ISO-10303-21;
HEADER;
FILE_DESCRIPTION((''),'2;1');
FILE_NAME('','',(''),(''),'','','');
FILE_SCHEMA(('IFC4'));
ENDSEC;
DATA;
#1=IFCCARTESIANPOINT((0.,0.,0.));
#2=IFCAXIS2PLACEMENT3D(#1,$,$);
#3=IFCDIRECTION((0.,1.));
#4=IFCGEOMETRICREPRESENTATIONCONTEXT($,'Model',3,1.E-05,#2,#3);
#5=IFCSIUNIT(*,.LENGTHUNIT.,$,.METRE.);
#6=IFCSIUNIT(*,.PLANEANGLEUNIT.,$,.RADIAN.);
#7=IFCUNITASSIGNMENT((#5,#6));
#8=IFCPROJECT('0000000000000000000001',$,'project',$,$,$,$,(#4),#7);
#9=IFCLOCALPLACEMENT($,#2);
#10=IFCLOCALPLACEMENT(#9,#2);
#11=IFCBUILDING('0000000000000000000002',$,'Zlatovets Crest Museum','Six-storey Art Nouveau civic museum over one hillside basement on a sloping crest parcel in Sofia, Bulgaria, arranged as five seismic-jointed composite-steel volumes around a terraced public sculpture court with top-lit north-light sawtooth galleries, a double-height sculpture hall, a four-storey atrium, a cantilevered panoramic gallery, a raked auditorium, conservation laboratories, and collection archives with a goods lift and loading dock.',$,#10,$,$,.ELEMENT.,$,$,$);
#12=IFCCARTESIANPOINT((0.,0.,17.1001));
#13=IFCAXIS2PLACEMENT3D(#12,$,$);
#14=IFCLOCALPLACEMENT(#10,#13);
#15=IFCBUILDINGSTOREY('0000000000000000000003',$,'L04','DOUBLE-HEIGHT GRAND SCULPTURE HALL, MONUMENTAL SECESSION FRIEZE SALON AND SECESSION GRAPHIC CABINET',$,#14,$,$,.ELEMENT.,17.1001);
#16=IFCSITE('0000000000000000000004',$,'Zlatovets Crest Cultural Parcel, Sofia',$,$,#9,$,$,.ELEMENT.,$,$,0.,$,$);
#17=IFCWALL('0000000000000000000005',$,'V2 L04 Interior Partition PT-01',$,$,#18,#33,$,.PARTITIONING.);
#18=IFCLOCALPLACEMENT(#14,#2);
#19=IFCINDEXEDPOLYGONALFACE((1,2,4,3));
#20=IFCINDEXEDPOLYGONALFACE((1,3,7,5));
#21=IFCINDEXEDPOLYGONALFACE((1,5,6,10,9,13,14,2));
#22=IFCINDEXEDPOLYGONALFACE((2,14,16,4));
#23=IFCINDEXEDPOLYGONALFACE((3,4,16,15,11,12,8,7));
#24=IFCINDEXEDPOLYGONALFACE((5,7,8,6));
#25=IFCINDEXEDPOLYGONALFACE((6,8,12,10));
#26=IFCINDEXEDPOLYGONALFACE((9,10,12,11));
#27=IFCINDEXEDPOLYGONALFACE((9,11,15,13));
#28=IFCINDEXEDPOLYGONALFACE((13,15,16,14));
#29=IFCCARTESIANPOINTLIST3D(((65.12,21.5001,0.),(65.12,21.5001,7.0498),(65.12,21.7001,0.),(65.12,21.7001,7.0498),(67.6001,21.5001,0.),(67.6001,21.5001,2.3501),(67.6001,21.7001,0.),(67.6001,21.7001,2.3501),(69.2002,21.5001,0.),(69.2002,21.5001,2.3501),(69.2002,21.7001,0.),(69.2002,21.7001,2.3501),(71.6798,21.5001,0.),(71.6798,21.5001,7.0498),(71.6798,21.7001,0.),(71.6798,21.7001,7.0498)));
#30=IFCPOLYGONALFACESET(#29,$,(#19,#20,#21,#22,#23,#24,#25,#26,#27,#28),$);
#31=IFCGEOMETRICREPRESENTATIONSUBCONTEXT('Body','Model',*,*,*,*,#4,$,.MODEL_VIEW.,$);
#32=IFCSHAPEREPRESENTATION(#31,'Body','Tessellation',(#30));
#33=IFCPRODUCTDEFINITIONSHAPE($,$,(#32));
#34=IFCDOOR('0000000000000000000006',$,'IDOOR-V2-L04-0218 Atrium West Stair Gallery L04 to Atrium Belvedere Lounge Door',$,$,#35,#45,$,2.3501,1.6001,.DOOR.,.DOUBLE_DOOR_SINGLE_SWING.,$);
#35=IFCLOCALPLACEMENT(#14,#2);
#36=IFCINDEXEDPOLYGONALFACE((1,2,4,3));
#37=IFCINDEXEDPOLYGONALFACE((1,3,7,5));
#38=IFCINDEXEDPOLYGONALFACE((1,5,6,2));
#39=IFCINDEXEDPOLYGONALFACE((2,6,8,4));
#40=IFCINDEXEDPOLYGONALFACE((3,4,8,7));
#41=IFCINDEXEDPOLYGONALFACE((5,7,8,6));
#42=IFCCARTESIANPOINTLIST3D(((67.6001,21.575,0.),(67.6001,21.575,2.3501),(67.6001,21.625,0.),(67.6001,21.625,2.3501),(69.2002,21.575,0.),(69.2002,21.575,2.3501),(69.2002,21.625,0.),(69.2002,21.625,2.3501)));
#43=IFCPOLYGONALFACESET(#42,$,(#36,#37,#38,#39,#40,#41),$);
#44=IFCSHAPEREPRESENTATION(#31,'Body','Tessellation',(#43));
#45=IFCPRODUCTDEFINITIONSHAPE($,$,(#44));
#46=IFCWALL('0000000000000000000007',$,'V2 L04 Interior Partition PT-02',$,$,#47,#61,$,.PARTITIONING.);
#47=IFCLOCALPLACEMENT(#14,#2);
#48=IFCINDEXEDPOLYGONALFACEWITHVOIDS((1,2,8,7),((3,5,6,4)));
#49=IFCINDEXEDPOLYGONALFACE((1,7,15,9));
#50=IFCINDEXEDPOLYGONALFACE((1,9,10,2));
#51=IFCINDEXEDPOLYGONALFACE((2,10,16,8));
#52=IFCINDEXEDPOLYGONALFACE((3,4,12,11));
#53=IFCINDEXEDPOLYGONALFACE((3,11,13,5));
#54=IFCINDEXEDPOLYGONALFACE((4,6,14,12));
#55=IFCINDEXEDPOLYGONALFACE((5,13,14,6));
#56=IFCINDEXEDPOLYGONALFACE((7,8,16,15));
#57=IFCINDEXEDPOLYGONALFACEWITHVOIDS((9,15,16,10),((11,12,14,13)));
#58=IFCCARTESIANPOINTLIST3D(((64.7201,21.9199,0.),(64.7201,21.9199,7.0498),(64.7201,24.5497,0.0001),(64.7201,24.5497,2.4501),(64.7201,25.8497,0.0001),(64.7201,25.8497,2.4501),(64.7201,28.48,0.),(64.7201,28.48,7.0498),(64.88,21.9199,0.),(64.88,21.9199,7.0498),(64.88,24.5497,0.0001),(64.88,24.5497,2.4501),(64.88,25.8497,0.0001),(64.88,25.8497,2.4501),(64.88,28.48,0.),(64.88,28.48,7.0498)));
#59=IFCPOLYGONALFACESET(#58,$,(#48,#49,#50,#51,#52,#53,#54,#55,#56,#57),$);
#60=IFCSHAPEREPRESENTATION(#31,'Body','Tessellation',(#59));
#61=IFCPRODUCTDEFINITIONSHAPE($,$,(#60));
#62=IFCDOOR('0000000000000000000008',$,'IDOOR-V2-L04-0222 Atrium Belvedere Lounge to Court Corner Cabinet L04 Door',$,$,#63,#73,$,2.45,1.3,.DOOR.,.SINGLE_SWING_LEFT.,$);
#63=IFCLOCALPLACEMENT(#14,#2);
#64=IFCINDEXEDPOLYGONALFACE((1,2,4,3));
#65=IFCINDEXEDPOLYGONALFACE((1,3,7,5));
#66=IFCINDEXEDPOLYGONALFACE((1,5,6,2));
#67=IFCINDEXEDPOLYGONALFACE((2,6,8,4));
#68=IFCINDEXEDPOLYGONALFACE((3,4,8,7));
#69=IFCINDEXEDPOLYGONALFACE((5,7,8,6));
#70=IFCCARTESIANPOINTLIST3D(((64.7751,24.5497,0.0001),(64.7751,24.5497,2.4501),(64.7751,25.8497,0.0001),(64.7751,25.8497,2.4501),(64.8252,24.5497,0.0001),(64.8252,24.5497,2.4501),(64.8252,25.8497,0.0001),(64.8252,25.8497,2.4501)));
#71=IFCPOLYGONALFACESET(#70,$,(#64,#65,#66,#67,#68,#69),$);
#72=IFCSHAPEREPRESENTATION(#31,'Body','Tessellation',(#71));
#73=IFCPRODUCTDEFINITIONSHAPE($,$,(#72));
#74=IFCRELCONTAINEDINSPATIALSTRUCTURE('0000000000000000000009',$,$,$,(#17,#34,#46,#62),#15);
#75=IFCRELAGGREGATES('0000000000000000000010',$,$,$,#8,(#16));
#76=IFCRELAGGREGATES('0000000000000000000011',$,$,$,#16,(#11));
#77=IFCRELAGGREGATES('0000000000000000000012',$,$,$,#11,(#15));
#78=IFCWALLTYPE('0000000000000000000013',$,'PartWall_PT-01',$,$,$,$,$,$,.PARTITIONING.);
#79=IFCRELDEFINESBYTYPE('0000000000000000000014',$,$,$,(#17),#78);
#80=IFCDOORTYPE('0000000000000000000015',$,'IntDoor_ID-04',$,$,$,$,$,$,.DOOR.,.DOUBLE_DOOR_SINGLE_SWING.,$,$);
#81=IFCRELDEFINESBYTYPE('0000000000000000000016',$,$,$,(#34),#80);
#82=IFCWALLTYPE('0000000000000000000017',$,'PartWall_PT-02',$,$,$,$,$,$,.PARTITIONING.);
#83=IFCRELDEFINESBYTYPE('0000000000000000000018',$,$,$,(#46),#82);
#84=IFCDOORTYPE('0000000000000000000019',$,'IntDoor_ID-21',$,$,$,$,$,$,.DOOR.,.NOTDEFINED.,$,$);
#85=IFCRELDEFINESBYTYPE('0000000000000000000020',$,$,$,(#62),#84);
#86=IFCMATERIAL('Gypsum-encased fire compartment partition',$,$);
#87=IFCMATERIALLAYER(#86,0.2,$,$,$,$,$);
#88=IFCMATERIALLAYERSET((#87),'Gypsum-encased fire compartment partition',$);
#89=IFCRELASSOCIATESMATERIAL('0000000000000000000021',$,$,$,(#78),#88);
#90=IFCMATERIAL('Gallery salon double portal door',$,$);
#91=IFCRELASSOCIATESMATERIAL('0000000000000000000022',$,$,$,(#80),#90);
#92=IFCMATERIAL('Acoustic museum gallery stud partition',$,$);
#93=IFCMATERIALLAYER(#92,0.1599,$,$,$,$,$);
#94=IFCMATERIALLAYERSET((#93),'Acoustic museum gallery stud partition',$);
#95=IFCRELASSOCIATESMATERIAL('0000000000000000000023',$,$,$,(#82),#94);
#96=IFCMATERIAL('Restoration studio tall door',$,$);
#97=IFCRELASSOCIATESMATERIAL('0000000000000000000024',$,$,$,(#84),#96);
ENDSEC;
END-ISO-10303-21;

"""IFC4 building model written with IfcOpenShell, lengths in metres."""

from ifc_helpers import new_model, si_unit, direction, frame, frame_2d, origin, place, context, subcontext, project, spatial, rectangle, extrude, material, layer, layer_set, type_object, element, fill, save


model = new_model("IFC4")

# Units and contexts
model_context = context("Model", 3, precision=1e-05, world=origin(), true_north=direction((0.0, 1.0)))
body_context = subcontext(model_context, "Body", "Model", "MODEL_VIEW")
ifc_project = project(units=[si_unit("LENGTHUNIT", "METRE"), si_unit("PLANEANGLEUNIT", "RADIAN")], contexts=[model_context])

# Site, building, storey
site_placement = place(None, origin())
site = spatial("IfcSite", under=ifc_project, at=site_placement, Name="Zlatovets Crest Cultural Parcel, Sofia", CompositionType="ELEMENT", RefElevation=0.0)
building_placement = place(site_placement, origin())
building = spatial("IfcBuilding", under=site, at=building_placement, Name="Zlatovets Crest Museum", Description="Six-storey Art Nouveau civic museum over one hillside basement on a sloping crest parcel in Sofia, Bulgaria, arranged as five seismic-jointed composite-steel volumes around a terraced public sculpture court with top-lit north-light sawtooth galleries, a double-height sculpture hall, a four-storey atrium, a cantilevered panoramic gallery, a raked auditorium, conservation laboratories, and collection archives with a goods lift and loading dock.", CompositionType="ELEMENT")
storey_placement = place(building_placement, frame((0.0, 0.0, 17.1001)))
storey = spatial("IfcBuildingStorey", under=building, at=storey_placement, Name="L04", Description="DOUBLE-HEIGHT GRAND SCULPTURE HALL, MONUMENTAL SECESSION FRIEZE SALON AND SECESSION GRAPHIC CABINET", CompositionType="ELEMENT", Elevation=17.1001)

# Walls, openings, doors
ifc_material_1 = material(Name="Gypsum-encased fire compartment partition")
ifc_layer_1 = layer(ifc_material_1, 0.2)
ifc_layer_set_1 = layer_set([ifc_layer_1], Name="Gypsum-encased fire compartment partition")
wall_type_1 = type_object("IfcWallType", Name="PartWall_PT-01", PredefinedType="PARTITIONING", material=ifc_layer_set_1)
wall_1_placement = place(storey_placement, frame((65.1201, 21.6001, 0.0), z_axis=(0.0, 0.0, 1.0), x_axis=(1.0, 0.0, 0.0)))
wall_1 = element("IfcWall", 1, at=wall_1_placement, inside=storey, type_object=wall_type_1, Name="V2 L04 Interior Partition PT-01", PredefinedType="PARTITIONING", context=body_context, shape_type="SweptSolid", body=[
    extrude(rectangle(XDim=6.5598, YDim=0.2, at=frame_2d((3.2798, 0.0))), origin(), (0.0, 0.0, 1.0), 7.0498),
])
opening_1_placement = place(wall_1_placement, frame((2.48, 0.0, 0.0)))
opening_1 = element("IfcOpeningElement", 2, at=opening_1_placement, cuts=wall_1, PredefinedType="OPENING", context=body_context, shape_type="SweptSolid", body=[
    extrude(rectangle(XDim=1.6001, YDim=2.3501, at=frame_2d((0.8, 1.175))), frame((0.0, 0.1099, 0.0), z_axis=(0.0, -1.0, 0.0), x_axis=(1.0, 0.0, 0.0)), (0.0, 0.0, 1.0), 0.22),
])
ifc_material_2 = material(Name="Gallery salon double portal door")
door_type_1 = type_object("IfcDoorType", Name="IntDoor_ID-04", OperationType="DOUBLE_DOOR_SINGLE_SWING", PredefinedType="DOOR", material=ifc_material_2)
door_1_placement = place(opening_1_placement, origin())
door_1 = element("IfcDoor", 3, at=door_1_placement, inside=storey, type_object=door_type_1, Name="IDOOR-V2-L04-0218 Atrium West Stair Gallery L04 to Atrium Belvedere Lounge Door", OperationType="DOUBLE_DOOR_SINGLE_SWING", OverallHeight=2.3501, OverallWidth=1.6001, PredefinedType="DOOR", context=body_context, shape_type="SweptSolid", body=[
    extrude(rectangle(XDim=1.6001, YDim=2.3501, at=frame_2d((0.8, 1.175))), frame((0.0, 0.0249, 0.0), z_axis=(0.0, -1.0, 0.0), x_axis=(1.0, 0.0, 0.0)), (0.0, 0.0, 1.0), 0.05),
])
fill(opening_1, door_1)
ifc_material_3 = material(Name="Acoustic museum gallery stud partition")
ifc_layer_2 = layer(ifc_material_3, 0.1599)
ifc_layer_set_2 = layer_set([ifc_layer_2], Name="Acoustic museum gallery stud partition")
wall_type_2 = type_object("IfcWallType", Name="PartWall_PT-02", PredefinedType="PARTITIONING", material=ifc_layer_set_2)
wall_2_placement = place(storey_placement, frame((64.8, 21.9199, 0.0), z_axis=(0.0, 0.0, 1.0), x_axis=(0.0, 1.0, 0.0)))
wall_2 = element("IfcWall", 4, at=wall_2_placement, inside=storey, type_object=wall_type_2, Name="V2 L04 Interior Partition PT-02", PredefinedType="PARTITIONING", context=body_context, shape_type="SweptSolid", body=[
    extrude(rectangle(XDim=6.5601, YDim=0.1599, at=frame_2d((3.28, 0.0))), origin(), (0.0, 0.0, 1.0), 7.0498),
])
opening_2_placement = place(wall_2_placement, frame((2.6299, 0.0, 0.0)))
opening_2 = element("IfcOpeningElement", 5, at=opening_2_placement, cuts=wall_2, PredefinedType="OPENING", context=body_context, shape_type="SweptSolid", body=[
    extrude(rectangle(XDim=1.3, YDim=2.45, at=frame_2d((0.6499, 1.2251))), frame((0.0, 0.0898, 0.0), z_axis=(0.0, -1.0, 0.0), x_axis=(1.0, 0.0, 0.0)), (0.0, 0.0, 1.0), 0.1799),
])
ifc_material_4 = material(Name="Restoration studio tall door")
door_type_2 = type_object("IfcDoorType", Name="IntDoor_ID-21", OperationType="NOTDEFINED", PredefinedType="DOOR", material=ifc_material_4)
door_2_placement = place(opening_2_placement, origin())
door_2 = element("IfcDoor", 6, at=door_2_placement, inside=storey, type_object=door_type_2, Name="IDOOR-V2-L04-0222 Atrium Belvedere Lounge to Court Corner Cabinet L04 Door", OperationType="SINGLE_SWING_LEFT", OverallHeight=2.45, OverallWidth=1.3, PredefinedType="DOOR", context=body_context, shape_type="SweptSolid", body=[
    extrude(rectangle(XDim=1.3, YDim=2.45, at=frame_2d((0.6499, 1.2251))), frame((0.0, 0.0249, 0.0), z_axis=(0.0, -1.0, 0.0), x_axis=(1.0, 0.0, 0.0)), (0.0, 0.0, 1.0), 0.05),
])
fill(opening_2, door_2)

save(model, "model.ifc")
